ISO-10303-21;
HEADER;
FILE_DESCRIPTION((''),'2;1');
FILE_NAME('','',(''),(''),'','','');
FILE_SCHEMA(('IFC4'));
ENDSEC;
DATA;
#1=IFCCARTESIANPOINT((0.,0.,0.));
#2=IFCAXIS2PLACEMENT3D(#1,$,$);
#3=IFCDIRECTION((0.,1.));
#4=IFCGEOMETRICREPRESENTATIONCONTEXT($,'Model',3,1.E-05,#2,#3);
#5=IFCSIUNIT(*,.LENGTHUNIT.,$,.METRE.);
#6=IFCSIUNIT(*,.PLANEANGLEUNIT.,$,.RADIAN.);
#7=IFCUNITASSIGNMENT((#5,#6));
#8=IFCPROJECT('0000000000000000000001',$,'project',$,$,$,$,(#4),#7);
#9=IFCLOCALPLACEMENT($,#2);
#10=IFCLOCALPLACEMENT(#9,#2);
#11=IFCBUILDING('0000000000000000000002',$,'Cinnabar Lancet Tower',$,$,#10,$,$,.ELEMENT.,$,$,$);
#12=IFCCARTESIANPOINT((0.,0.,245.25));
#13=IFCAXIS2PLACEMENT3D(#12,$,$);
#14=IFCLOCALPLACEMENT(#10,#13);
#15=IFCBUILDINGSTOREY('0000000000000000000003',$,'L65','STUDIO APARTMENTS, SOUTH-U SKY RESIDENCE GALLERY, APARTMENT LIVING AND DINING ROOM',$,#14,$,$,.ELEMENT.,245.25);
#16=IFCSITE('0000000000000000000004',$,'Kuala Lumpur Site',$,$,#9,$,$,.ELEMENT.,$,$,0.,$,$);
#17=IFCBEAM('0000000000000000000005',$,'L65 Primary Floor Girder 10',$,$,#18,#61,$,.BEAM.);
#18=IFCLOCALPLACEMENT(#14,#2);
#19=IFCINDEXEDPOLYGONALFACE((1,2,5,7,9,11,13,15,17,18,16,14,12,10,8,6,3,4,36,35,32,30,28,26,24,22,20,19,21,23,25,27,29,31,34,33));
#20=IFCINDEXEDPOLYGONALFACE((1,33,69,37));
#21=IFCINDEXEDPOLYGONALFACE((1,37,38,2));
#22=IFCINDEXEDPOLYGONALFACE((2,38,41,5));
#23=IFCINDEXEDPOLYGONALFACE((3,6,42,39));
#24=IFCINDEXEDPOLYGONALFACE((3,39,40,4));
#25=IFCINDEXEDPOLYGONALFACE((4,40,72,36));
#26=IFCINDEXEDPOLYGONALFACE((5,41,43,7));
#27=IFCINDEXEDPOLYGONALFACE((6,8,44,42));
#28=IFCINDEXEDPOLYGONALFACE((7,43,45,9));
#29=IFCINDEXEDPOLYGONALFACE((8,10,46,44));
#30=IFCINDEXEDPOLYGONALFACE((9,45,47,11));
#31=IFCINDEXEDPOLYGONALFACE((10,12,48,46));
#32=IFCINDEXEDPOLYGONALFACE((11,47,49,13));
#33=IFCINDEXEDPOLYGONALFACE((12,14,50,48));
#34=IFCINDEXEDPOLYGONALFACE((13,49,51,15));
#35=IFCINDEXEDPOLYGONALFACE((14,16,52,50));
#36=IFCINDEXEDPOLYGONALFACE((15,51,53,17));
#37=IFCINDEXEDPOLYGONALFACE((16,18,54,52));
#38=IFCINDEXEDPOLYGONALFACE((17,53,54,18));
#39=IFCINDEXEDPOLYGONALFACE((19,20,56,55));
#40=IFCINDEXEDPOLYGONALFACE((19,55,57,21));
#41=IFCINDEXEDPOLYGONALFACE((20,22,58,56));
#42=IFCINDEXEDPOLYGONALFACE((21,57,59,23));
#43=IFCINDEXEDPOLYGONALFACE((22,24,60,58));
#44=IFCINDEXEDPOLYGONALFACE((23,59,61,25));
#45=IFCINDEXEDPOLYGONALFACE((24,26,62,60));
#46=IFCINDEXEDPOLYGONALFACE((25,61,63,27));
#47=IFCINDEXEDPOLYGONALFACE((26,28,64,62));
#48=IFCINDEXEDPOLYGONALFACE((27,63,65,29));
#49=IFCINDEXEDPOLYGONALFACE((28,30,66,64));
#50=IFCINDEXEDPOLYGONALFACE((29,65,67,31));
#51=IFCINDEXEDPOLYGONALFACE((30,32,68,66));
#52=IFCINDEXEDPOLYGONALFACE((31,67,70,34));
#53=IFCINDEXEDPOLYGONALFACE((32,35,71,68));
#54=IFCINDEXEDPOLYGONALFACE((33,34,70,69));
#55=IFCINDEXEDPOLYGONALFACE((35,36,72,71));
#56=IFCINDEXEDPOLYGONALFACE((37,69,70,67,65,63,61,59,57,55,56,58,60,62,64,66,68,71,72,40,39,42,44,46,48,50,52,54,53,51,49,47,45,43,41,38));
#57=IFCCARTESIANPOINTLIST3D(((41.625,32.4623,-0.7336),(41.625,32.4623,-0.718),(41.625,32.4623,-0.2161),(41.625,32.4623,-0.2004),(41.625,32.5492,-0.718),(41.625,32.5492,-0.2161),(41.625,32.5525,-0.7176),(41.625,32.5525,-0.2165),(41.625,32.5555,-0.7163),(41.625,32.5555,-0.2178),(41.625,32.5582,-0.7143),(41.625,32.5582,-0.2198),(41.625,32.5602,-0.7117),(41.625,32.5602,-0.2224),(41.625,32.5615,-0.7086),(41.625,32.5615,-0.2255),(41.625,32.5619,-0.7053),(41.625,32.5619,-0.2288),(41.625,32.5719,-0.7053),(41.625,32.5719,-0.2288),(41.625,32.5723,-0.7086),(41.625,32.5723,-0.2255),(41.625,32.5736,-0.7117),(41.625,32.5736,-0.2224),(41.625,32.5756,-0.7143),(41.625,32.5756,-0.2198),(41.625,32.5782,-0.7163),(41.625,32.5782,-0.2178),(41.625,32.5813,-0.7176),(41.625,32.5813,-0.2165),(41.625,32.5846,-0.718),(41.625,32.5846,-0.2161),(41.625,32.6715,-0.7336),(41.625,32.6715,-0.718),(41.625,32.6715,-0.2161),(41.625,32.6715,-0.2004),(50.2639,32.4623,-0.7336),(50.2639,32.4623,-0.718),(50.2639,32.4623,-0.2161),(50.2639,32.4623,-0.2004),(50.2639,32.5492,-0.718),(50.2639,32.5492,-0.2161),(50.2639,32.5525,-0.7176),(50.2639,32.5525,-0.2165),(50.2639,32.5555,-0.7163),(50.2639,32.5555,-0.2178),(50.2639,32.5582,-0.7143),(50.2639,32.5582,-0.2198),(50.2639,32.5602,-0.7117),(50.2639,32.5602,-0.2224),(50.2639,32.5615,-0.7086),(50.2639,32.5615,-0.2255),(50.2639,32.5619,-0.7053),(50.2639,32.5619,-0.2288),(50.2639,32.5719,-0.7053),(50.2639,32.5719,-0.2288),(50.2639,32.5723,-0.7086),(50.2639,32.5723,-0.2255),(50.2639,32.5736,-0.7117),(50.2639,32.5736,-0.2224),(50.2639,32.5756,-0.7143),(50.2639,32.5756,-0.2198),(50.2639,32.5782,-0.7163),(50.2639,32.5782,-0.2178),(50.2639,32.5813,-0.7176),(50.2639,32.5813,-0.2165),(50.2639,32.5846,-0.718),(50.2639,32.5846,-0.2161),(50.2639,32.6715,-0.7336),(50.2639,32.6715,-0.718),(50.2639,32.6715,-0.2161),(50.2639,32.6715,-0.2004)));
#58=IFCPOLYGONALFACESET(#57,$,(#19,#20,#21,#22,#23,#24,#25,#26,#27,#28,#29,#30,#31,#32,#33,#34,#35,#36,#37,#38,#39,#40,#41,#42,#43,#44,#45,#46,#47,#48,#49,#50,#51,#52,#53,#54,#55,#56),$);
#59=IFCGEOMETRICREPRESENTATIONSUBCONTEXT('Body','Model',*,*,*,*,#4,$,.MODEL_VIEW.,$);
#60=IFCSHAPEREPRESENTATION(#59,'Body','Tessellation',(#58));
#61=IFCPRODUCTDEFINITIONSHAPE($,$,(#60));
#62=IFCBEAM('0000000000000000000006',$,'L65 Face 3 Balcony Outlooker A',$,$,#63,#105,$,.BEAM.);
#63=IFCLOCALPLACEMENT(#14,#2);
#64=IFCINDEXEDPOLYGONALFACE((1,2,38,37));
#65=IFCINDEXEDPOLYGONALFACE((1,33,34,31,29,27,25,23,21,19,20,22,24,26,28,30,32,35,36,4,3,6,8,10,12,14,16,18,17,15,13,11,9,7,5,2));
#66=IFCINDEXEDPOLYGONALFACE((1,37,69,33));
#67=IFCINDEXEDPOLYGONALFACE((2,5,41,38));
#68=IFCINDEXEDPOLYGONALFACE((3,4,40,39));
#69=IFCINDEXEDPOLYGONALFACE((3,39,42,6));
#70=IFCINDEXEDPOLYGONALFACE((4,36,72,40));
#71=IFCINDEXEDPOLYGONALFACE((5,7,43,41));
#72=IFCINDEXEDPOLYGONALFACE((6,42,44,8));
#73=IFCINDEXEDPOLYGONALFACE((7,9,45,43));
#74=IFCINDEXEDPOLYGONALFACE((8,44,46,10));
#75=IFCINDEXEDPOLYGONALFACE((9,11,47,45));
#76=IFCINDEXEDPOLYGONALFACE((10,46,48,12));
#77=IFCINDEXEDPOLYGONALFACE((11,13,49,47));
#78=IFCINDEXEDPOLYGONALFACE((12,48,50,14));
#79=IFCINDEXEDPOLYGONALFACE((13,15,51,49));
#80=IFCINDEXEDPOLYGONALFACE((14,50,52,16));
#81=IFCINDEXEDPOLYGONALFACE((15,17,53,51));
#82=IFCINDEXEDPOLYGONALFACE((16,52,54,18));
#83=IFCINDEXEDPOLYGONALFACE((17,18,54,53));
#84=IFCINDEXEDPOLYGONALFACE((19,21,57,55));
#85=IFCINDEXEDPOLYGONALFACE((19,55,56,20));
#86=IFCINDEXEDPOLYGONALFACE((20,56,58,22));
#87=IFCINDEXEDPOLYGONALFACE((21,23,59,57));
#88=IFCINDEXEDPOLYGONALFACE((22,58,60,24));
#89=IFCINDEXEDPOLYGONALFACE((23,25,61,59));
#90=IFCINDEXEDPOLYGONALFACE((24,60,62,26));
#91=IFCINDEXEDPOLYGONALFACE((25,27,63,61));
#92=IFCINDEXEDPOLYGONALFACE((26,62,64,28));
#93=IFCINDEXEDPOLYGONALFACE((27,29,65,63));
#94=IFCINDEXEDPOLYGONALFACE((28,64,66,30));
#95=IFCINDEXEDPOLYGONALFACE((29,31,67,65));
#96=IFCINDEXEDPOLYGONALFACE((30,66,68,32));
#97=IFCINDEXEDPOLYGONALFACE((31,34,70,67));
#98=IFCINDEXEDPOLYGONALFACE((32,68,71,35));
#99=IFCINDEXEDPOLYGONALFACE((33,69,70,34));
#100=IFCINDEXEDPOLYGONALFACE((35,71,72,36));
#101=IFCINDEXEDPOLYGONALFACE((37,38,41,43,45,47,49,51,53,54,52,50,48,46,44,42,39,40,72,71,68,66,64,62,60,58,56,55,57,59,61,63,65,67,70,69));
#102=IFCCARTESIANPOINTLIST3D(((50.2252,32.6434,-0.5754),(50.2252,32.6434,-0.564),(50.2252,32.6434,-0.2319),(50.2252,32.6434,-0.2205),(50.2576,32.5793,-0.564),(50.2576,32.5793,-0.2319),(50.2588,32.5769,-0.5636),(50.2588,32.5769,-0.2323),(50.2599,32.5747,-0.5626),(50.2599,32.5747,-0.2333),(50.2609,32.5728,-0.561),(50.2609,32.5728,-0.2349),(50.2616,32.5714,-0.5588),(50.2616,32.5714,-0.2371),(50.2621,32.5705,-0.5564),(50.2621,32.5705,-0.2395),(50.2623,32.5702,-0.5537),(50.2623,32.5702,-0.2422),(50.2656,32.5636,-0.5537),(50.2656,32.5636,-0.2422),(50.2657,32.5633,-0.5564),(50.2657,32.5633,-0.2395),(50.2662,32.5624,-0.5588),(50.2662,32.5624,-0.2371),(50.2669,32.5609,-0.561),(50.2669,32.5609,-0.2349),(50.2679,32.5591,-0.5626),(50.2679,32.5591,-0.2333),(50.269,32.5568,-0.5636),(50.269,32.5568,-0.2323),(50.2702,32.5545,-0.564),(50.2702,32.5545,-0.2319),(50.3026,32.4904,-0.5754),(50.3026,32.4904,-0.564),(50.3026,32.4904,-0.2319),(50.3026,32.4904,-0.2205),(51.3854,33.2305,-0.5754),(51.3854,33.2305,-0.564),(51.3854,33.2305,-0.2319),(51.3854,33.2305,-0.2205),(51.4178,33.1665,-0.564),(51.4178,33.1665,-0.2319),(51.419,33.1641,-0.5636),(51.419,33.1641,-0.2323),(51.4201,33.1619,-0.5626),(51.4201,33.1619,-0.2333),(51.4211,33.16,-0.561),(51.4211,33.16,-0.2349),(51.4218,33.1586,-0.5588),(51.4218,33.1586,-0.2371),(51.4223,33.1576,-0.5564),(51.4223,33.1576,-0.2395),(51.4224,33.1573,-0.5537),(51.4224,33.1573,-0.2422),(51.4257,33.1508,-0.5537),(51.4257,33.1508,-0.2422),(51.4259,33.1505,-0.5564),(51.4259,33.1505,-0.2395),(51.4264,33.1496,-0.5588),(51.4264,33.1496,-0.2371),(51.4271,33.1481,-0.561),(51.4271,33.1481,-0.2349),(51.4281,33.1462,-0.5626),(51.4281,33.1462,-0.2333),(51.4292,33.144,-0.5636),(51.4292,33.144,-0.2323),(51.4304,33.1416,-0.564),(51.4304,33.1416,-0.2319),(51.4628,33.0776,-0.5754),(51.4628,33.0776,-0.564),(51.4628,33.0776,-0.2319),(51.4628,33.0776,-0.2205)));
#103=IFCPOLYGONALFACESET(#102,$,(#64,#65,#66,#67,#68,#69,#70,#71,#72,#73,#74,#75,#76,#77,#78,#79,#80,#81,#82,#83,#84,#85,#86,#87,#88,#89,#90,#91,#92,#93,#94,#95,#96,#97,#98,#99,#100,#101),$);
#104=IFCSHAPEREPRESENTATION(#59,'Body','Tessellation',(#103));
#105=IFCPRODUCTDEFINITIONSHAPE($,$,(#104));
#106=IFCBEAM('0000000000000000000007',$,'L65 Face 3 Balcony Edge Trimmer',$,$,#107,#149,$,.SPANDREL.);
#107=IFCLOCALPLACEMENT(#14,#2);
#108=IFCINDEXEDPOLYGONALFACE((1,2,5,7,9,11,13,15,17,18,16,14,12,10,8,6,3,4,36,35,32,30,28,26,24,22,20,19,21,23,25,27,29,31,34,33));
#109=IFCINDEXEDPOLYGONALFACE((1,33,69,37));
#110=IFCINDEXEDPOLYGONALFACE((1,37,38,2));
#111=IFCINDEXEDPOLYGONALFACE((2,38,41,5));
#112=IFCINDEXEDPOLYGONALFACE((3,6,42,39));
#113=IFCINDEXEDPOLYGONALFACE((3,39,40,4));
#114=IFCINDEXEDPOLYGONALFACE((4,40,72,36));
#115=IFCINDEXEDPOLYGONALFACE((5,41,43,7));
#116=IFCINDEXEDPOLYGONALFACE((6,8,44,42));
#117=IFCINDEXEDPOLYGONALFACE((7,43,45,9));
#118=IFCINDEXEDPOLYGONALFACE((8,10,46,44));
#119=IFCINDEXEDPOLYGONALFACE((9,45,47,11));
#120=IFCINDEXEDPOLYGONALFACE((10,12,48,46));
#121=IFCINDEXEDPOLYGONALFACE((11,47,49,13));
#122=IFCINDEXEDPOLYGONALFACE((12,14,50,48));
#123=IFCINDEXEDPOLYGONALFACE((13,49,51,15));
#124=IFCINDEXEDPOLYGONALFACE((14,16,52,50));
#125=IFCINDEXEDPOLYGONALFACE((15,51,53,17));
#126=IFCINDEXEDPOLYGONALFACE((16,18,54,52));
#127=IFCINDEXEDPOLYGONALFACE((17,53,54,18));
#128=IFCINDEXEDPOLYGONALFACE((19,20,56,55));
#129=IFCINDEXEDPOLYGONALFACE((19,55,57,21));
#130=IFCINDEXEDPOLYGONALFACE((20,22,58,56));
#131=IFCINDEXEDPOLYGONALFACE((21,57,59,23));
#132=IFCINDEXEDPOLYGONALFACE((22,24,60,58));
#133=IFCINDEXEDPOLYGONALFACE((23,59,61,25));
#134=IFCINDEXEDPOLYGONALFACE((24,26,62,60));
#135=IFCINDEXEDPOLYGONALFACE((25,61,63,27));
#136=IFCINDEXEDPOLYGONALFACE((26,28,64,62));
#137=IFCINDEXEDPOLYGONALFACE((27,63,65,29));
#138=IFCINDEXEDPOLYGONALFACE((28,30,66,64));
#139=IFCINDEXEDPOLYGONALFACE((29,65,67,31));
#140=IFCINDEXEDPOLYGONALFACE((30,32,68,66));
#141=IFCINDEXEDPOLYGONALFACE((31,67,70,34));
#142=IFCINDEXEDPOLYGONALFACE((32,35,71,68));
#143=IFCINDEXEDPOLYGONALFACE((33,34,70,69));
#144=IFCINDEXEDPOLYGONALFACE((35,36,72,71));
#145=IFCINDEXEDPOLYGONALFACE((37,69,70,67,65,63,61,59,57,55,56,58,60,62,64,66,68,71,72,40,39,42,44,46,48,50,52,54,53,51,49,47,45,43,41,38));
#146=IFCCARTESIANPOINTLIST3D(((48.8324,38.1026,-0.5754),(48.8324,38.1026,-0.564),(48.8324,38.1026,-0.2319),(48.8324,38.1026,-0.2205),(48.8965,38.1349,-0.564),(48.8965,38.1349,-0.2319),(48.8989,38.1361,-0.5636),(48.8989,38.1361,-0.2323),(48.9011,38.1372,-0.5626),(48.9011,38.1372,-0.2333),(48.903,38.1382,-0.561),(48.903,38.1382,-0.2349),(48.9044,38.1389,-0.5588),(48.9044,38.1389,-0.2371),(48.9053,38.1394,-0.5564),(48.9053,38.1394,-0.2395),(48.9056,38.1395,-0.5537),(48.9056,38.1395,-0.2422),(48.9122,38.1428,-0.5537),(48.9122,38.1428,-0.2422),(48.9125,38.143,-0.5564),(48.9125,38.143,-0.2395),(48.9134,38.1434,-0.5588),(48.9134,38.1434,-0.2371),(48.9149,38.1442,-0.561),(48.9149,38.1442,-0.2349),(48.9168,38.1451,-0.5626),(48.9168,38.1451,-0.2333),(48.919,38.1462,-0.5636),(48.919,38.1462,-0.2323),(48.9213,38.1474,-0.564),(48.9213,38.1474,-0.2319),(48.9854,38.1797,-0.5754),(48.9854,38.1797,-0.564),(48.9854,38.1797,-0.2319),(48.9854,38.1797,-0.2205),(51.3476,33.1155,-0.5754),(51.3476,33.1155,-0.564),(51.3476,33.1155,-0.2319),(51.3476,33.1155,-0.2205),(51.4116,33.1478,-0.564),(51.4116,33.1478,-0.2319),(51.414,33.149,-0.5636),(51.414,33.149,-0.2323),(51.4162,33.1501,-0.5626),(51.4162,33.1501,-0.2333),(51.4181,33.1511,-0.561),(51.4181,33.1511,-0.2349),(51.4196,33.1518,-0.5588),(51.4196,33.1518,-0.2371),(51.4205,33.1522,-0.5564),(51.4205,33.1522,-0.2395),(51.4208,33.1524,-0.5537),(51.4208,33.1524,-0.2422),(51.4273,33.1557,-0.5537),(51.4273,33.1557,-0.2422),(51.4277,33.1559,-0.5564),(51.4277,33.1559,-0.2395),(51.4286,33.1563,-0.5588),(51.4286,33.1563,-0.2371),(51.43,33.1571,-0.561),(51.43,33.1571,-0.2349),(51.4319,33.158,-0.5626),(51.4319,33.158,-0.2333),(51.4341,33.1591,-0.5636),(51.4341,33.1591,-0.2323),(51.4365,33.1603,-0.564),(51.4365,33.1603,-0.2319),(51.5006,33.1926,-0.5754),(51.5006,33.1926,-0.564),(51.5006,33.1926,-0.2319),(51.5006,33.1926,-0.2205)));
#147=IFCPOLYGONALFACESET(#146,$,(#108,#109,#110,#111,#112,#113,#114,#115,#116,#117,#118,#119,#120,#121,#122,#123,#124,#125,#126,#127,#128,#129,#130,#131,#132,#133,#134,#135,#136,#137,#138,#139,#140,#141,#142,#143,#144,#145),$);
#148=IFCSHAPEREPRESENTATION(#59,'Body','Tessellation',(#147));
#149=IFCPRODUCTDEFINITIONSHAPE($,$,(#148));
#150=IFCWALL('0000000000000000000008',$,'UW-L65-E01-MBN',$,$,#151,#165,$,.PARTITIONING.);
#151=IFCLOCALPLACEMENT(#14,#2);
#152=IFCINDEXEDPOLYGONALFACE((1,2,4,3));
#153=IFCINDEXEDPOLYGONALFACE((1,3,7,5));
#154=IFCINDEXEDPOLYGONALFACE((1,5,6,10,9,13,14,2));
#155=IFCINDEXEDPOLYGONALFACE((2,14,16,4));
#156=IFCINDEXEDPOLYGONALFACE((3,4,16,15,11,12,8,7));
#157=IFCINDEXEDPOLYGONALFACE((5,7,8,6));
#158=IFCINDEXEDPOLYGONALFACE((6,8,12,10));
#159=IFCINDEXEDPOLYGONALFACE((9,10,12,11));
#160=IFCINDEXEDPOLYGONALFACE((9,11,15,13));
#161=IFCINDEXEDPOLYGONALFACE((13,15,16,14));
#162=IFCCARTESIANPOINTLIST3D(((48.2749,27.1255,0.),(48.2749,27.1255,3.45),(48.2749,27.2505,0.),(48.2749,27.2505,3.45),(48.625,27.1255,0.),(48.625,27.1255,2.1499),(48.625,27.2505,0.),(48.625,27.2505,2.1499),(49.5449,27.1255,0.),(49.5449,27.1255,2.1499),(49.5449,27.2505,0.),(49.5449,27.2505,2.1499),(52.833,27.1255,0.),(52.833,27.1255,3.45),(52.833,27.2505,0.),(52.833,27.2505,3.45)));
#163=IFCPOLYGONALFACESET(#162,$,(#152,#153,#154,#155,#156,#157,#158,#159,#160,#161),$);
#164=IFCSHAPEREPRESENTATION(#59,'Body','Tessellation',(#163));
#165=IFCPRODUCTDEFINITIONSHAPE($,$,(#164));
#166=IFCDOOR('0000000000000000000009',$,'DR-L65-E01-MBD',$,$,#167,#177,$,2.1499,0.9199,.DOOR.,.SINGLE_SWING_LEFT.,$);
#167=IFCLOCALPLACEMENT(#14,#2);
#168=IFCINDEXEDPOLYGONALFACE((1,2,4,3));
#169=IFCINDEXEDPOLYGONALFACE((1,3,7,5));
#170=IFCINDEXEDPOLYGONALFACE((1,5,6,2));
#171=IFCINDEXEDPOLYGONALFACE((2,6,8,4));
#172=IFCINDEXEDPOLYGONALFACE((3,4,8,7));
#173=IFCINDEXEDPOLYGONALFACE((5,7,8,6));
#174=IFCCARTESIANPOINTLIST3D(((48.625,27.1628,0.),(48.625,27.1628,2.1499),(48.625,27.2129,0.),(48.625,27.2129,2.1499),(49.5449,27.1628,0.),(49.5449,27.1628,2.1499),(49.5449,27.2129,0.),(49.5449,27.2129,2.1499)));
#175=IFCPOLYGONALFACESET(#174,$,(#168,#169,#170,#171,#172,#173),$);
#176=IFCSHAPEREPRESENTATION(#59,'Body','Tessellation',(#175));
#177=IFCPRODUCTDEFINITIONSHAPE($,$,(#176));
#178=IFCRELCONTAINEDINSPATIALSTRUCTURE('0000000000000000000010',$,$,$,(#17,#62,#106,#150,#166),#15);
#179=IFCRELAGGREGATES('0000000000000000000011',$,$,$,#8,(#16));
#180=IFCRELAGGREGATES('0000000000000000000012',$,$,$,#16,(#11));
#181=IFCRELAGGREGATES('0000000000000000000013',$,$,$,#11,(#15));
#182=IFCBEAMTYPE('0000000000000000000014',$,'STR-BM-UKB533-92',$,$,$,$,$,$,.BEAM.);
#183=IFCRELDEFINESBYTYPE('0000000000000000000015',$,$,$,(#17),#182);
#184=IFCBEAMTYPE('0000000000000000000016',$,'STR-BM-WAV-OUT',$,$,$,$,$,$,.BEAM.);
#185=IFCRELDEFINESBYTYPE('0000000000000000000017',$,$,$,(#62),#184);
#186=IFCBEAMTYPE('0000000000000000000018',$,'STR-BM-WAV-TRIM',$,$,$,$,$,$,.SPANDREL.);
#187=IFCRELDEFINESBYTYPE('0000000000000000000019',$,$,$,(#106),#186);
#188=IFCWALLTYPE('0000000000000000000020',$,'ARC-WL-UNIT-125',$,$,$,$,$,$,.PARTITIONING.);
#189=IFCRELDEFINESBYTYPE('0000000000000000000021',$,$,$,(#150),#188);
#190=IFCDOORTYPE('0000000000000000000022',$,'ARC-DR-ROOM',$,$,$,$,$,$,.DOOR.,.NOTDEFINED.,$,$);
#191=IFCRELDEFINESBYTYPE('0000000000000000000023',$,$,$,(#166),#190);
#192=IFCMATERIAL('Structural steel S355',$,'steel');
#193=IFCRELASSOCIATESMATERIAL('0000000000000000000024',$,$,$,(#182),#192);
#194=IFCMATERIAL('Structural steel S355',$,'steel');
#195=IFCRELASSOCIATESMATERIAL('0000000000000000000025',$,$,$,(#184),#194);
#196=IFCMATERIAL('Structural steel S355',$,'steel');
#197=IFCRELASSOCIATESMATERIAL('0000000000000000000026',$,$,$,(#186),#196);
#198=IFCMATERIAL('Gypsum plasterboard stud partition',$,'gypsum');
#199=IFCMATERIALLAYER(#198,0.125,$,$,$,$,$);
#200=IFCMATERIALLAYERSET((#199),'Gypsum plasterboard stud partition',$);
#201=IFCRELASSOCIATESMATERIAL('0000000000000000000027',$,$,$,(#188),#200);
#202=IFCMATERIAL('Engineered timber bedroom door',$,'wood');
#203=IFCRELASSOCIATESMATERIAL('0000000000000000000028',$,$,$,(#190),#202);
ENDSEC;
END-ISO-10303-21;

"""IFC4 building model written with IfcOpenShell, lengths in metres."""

from ifc_helpers import new_model, si_unit, direction, frame, frame_2d, origin, origin_2d, place, context, subcontext, project, spatial, rectangle, i_section, extrude, material, layer, layer_set, material_profile, profile_set, type_object, element, fill, save


model = new_model("IFC4")

# Units and contexts
model_context = context("Model", 3, precision=1e-05, world=origin(), true_north=direction((0.0, 1.0)))
body_context = subcontext(model_context, "Body", "Model", "MODEL_VIEW")
ifc_project = project(units=[si_unit("LENGTHUNIT", "METRE"), si_unit("PLANEANGLEUNIT", "RADIAN")], contexts=[model_context])

# Site, building, storey
site_placement = place(None, origin())
site = spatial("IfcSite", under=ifc_project, at=site_placement, Name="Kuala Lumpur Site", CompositionType="ELEMENT", RefElevation=0.0)
building_placement = place(site_placement, origin())
building = spatial("IfcBuilding", under=site, at=building_placement, Name="Cinnabar Lancet Tower", CompositionType="ELEMENT")
storey_placement = place(building_placement, frame((0.0, 0.0, 245.25)))
storey = spatial("IfcBuildingStorey", under=building, at=storey_placement, Name="L65", Description="STUDIO APARTMENTS, SOUTH-U SKY RESIDENCE GALLERY, APARTMENT LIVING AND DINING ROOM", CompositionType="ELEMENT", Elevation=245.25)

# Beams
ifc_material_1 = material(Name="Structural steel S355", Category="steel")
ifc_material_profile_1 = material_profile(ifc_material_1, i_section(OverallWidth=0.2092, OverallDepth=0.5332, WebThickness=0.01, FlangeThickness=0.0156, FilletRadius=0.0127, at=origin_2d()), Name="UKB 533x210x92")
ifc_profile_set_1 = profile_set([ifc_material_profile_1], Name="Structural steel S355")
beam_type_1 = type_object("IfcBeamType", Name="STR-BM-UKB533-92", PredefinedType="BEAM", material=ifc_profile_set_1)
beam_1_placement = place(storey_placement, frame((50.2639, 32.5669, -0.467), z_axis=(-1.0, 0.0, 0.0), x_axis=(0.0, -1.0, 0.0)))
element("IfcBeam", 1, at=beam_1_placement, inside=storey, type_object=beam_type_1, Name="L65 Primary Floor Girder 10", PredefinedType="BEAM", context=body_context, shape_type="SweptSolid", body=[
    extrude(i_section(OverallWidth=0.2092, OverallDepth=0.5332, WebThickness=0.01, FlangeThickness=0.0156, FilletRadius=0.0127, at=origin_2d()), origin(), (0.0, 0.0, 1.0), 8.6389),
])
ifc_material_2 = material(Name="Structural steel S355", Category="steel")
ifc_material_profile_2 = material_profile(ifc_material_2, i_section(OverallWidth=0.1714, OverallDepth=0.355, WebThickness=0.0073, FlangeThickness=0.0115, FilletRadius=0.0103, at=origin_2d()), Name="UKB 356x171x51")
ifc_profile_set_2 = profile_set([ifc_material_profile_2], Name="Structural steel S355")
beam_type_2 = type_object("IfcBeamType", Name="STR-BM-WAV-OUT", PredefinedType="BEAM", material=ifc_profile_set_2)
beam_2_placement = place(storey_placement, frame((50.2639, 32.5669, -0.3979), z_axis=(0.892239, 0.451564, 0.0), x_axis=(-0.451564, 0.892239, 0.0)))
element("IfcBeam", 2, at=beam_2_placement, inside=storey, type_object=beam_type_2, Name="L65 Face 3 Balcony Outlooker A", PredefinedType="BEAM", context=body_context, shape_type="SweptSolid", body=[
    extrude(i_section(OverallWidth=0.1714, OverallDepth=0.355, WebThickness=0.0073, FlangeThickness=0.0115, FilletRadius=0.0103, at=origin_2d()), origin(), (0.0, 0.0, 1.0), 1.3003),
])
ifc_material_3 = material(Name="Structural steel S355", Category="steel")
ifc_material_profile_3 = material_profile(ifc_material_3, i_section(OverallWidth=0.1714, OverallDepth=0.355, WebThickness=0.0073, FlangeThickness=0.0115, FilletRadius=0.0103, at=origin_2d()), Name="UKB 356x171x51")
ifc_profile_set_3 = profile_set([ifc_material_profile_3], Name="Structural steel S355")
beam_type_3 = type_object("IfcBeamType", Name="STR-BM-WAV-TRIM", PredefinedType="SPANDREL", material=ifc_profile_set_3)
beam_3_placement = place(storey_placement, frame((51.4241, 33.1541, -0.3979), z_axis=(-0.450306, 0.892874, 0.0), x_axis=(-0.892874, -0.450306, 0.0)))
element("IfcBeam", 3, at=beam_3_placement, inside=storey, type_object=beam_type_3, Name="L65 Face 3 Balcony Edge Trimmer", PredefinedType="SPANDREL", context=body_context, shape_type="SweptSolid", body=[
    extrude(i_section(OverallWidth=0.1714, OverallDepth=0.355, WebThickness=0.0073, FlangeThickness=0.0115, FilletRadius=0.0103, at=origin_2d()), origin(), (0.0, 0.0, 1.0), 5.5854),
])

# Wall, opening, door
ifc_material_4 = material(Name="Gypsum plasterboard stud partition", Category="gypsum")
ifc_layer_1 = layer(ifc_material_4, 0.125)
ifc_layer_set_1 = layer_set([ifc_layer_1], Name="Gypsum plasterboard stud partition")
wall_type_1 = type_object("IfcWallType", Name="ARC-WL-UNIT-125", PredefinedType="PARTITIONING", material=ifc_layer_set_1)
wall_1_placement = place(storey_placement, frame((48.2749, 27.188, 0.0), z_axis=(0.0, 0.0, 1.0), x_axis=(1.0, 0.0, 0.0)))
wall_1 = element("IfcWall", 4, at=wall_1_placement, inside=storey, type_object=wall_type_1, Name="UW-L65-E01-MBN", PredefinedType="PARTITIONING", context=body_context, shape_type="SweptSolid", body=[
    extrude(rectangle(XDim=4.5581, YDim=0.125, at=frame_2d((2.2791, 0.0))), origin(), (0.0, 0.0, 1.0), 3.45),
])
opening_1_placement = place(wall_1_placement, frame((0.3501, 0.0, 0.0)))
opening_1 = element("IfcOpeningElement", 5, at=opening_1_placement, cuts=wall_1, PredefinedType="OPENING", context=body_context, shape_type="SweptSolid", body=[
    extrude(rectangle(XDim=0.9199, YDim=2.1499, at=frame_2d((0.46, 1.075))), frame((0.0, 0.0725, 0.0), z_axis=(0.0, -1.0, 0.0), x_axis=(1.0, 0.0, 0.0)), (0.0, 0.0, 1.0), 0.145),
])
ifc_material_5 = material(Name="Engineered timber bedroom door", Category="wood")
door_type_1 = type_object("IfcDoorType", Name="ARC-DR-ROOM", OperationType="NOTDEFINED", PredefinedType="DOOR", material=ifc_material_5)
door_1_placement = place(opening_1_placement, origin())
door_1 = element("IfcDoor", 6, at=door_1_placement, inside=storey, type_object=door_type_1, Name="DR-L65-E01-MBD", OperationType="SINGLE_SWING_LEFT", OverallHeight=2.1499, OverallWidth=0.9199, PredefinedType="DOOR", context=body_context, shape_type="SweptSolid", body=[
    extrude(rectangle(XDim=0.9199, YDim=2.1499, at=frame_2d((0.46, 1.075))), frame((0.0, 0.0249, 0.0), z_axis=(0.0, -1.0, 0.0), x_axis=(1.0, 0.0, 0.0)), (0.0, 0.0, 1.0), 0.05),
])
fill(opening_1, door_1)

save(model, "model.ifc")
